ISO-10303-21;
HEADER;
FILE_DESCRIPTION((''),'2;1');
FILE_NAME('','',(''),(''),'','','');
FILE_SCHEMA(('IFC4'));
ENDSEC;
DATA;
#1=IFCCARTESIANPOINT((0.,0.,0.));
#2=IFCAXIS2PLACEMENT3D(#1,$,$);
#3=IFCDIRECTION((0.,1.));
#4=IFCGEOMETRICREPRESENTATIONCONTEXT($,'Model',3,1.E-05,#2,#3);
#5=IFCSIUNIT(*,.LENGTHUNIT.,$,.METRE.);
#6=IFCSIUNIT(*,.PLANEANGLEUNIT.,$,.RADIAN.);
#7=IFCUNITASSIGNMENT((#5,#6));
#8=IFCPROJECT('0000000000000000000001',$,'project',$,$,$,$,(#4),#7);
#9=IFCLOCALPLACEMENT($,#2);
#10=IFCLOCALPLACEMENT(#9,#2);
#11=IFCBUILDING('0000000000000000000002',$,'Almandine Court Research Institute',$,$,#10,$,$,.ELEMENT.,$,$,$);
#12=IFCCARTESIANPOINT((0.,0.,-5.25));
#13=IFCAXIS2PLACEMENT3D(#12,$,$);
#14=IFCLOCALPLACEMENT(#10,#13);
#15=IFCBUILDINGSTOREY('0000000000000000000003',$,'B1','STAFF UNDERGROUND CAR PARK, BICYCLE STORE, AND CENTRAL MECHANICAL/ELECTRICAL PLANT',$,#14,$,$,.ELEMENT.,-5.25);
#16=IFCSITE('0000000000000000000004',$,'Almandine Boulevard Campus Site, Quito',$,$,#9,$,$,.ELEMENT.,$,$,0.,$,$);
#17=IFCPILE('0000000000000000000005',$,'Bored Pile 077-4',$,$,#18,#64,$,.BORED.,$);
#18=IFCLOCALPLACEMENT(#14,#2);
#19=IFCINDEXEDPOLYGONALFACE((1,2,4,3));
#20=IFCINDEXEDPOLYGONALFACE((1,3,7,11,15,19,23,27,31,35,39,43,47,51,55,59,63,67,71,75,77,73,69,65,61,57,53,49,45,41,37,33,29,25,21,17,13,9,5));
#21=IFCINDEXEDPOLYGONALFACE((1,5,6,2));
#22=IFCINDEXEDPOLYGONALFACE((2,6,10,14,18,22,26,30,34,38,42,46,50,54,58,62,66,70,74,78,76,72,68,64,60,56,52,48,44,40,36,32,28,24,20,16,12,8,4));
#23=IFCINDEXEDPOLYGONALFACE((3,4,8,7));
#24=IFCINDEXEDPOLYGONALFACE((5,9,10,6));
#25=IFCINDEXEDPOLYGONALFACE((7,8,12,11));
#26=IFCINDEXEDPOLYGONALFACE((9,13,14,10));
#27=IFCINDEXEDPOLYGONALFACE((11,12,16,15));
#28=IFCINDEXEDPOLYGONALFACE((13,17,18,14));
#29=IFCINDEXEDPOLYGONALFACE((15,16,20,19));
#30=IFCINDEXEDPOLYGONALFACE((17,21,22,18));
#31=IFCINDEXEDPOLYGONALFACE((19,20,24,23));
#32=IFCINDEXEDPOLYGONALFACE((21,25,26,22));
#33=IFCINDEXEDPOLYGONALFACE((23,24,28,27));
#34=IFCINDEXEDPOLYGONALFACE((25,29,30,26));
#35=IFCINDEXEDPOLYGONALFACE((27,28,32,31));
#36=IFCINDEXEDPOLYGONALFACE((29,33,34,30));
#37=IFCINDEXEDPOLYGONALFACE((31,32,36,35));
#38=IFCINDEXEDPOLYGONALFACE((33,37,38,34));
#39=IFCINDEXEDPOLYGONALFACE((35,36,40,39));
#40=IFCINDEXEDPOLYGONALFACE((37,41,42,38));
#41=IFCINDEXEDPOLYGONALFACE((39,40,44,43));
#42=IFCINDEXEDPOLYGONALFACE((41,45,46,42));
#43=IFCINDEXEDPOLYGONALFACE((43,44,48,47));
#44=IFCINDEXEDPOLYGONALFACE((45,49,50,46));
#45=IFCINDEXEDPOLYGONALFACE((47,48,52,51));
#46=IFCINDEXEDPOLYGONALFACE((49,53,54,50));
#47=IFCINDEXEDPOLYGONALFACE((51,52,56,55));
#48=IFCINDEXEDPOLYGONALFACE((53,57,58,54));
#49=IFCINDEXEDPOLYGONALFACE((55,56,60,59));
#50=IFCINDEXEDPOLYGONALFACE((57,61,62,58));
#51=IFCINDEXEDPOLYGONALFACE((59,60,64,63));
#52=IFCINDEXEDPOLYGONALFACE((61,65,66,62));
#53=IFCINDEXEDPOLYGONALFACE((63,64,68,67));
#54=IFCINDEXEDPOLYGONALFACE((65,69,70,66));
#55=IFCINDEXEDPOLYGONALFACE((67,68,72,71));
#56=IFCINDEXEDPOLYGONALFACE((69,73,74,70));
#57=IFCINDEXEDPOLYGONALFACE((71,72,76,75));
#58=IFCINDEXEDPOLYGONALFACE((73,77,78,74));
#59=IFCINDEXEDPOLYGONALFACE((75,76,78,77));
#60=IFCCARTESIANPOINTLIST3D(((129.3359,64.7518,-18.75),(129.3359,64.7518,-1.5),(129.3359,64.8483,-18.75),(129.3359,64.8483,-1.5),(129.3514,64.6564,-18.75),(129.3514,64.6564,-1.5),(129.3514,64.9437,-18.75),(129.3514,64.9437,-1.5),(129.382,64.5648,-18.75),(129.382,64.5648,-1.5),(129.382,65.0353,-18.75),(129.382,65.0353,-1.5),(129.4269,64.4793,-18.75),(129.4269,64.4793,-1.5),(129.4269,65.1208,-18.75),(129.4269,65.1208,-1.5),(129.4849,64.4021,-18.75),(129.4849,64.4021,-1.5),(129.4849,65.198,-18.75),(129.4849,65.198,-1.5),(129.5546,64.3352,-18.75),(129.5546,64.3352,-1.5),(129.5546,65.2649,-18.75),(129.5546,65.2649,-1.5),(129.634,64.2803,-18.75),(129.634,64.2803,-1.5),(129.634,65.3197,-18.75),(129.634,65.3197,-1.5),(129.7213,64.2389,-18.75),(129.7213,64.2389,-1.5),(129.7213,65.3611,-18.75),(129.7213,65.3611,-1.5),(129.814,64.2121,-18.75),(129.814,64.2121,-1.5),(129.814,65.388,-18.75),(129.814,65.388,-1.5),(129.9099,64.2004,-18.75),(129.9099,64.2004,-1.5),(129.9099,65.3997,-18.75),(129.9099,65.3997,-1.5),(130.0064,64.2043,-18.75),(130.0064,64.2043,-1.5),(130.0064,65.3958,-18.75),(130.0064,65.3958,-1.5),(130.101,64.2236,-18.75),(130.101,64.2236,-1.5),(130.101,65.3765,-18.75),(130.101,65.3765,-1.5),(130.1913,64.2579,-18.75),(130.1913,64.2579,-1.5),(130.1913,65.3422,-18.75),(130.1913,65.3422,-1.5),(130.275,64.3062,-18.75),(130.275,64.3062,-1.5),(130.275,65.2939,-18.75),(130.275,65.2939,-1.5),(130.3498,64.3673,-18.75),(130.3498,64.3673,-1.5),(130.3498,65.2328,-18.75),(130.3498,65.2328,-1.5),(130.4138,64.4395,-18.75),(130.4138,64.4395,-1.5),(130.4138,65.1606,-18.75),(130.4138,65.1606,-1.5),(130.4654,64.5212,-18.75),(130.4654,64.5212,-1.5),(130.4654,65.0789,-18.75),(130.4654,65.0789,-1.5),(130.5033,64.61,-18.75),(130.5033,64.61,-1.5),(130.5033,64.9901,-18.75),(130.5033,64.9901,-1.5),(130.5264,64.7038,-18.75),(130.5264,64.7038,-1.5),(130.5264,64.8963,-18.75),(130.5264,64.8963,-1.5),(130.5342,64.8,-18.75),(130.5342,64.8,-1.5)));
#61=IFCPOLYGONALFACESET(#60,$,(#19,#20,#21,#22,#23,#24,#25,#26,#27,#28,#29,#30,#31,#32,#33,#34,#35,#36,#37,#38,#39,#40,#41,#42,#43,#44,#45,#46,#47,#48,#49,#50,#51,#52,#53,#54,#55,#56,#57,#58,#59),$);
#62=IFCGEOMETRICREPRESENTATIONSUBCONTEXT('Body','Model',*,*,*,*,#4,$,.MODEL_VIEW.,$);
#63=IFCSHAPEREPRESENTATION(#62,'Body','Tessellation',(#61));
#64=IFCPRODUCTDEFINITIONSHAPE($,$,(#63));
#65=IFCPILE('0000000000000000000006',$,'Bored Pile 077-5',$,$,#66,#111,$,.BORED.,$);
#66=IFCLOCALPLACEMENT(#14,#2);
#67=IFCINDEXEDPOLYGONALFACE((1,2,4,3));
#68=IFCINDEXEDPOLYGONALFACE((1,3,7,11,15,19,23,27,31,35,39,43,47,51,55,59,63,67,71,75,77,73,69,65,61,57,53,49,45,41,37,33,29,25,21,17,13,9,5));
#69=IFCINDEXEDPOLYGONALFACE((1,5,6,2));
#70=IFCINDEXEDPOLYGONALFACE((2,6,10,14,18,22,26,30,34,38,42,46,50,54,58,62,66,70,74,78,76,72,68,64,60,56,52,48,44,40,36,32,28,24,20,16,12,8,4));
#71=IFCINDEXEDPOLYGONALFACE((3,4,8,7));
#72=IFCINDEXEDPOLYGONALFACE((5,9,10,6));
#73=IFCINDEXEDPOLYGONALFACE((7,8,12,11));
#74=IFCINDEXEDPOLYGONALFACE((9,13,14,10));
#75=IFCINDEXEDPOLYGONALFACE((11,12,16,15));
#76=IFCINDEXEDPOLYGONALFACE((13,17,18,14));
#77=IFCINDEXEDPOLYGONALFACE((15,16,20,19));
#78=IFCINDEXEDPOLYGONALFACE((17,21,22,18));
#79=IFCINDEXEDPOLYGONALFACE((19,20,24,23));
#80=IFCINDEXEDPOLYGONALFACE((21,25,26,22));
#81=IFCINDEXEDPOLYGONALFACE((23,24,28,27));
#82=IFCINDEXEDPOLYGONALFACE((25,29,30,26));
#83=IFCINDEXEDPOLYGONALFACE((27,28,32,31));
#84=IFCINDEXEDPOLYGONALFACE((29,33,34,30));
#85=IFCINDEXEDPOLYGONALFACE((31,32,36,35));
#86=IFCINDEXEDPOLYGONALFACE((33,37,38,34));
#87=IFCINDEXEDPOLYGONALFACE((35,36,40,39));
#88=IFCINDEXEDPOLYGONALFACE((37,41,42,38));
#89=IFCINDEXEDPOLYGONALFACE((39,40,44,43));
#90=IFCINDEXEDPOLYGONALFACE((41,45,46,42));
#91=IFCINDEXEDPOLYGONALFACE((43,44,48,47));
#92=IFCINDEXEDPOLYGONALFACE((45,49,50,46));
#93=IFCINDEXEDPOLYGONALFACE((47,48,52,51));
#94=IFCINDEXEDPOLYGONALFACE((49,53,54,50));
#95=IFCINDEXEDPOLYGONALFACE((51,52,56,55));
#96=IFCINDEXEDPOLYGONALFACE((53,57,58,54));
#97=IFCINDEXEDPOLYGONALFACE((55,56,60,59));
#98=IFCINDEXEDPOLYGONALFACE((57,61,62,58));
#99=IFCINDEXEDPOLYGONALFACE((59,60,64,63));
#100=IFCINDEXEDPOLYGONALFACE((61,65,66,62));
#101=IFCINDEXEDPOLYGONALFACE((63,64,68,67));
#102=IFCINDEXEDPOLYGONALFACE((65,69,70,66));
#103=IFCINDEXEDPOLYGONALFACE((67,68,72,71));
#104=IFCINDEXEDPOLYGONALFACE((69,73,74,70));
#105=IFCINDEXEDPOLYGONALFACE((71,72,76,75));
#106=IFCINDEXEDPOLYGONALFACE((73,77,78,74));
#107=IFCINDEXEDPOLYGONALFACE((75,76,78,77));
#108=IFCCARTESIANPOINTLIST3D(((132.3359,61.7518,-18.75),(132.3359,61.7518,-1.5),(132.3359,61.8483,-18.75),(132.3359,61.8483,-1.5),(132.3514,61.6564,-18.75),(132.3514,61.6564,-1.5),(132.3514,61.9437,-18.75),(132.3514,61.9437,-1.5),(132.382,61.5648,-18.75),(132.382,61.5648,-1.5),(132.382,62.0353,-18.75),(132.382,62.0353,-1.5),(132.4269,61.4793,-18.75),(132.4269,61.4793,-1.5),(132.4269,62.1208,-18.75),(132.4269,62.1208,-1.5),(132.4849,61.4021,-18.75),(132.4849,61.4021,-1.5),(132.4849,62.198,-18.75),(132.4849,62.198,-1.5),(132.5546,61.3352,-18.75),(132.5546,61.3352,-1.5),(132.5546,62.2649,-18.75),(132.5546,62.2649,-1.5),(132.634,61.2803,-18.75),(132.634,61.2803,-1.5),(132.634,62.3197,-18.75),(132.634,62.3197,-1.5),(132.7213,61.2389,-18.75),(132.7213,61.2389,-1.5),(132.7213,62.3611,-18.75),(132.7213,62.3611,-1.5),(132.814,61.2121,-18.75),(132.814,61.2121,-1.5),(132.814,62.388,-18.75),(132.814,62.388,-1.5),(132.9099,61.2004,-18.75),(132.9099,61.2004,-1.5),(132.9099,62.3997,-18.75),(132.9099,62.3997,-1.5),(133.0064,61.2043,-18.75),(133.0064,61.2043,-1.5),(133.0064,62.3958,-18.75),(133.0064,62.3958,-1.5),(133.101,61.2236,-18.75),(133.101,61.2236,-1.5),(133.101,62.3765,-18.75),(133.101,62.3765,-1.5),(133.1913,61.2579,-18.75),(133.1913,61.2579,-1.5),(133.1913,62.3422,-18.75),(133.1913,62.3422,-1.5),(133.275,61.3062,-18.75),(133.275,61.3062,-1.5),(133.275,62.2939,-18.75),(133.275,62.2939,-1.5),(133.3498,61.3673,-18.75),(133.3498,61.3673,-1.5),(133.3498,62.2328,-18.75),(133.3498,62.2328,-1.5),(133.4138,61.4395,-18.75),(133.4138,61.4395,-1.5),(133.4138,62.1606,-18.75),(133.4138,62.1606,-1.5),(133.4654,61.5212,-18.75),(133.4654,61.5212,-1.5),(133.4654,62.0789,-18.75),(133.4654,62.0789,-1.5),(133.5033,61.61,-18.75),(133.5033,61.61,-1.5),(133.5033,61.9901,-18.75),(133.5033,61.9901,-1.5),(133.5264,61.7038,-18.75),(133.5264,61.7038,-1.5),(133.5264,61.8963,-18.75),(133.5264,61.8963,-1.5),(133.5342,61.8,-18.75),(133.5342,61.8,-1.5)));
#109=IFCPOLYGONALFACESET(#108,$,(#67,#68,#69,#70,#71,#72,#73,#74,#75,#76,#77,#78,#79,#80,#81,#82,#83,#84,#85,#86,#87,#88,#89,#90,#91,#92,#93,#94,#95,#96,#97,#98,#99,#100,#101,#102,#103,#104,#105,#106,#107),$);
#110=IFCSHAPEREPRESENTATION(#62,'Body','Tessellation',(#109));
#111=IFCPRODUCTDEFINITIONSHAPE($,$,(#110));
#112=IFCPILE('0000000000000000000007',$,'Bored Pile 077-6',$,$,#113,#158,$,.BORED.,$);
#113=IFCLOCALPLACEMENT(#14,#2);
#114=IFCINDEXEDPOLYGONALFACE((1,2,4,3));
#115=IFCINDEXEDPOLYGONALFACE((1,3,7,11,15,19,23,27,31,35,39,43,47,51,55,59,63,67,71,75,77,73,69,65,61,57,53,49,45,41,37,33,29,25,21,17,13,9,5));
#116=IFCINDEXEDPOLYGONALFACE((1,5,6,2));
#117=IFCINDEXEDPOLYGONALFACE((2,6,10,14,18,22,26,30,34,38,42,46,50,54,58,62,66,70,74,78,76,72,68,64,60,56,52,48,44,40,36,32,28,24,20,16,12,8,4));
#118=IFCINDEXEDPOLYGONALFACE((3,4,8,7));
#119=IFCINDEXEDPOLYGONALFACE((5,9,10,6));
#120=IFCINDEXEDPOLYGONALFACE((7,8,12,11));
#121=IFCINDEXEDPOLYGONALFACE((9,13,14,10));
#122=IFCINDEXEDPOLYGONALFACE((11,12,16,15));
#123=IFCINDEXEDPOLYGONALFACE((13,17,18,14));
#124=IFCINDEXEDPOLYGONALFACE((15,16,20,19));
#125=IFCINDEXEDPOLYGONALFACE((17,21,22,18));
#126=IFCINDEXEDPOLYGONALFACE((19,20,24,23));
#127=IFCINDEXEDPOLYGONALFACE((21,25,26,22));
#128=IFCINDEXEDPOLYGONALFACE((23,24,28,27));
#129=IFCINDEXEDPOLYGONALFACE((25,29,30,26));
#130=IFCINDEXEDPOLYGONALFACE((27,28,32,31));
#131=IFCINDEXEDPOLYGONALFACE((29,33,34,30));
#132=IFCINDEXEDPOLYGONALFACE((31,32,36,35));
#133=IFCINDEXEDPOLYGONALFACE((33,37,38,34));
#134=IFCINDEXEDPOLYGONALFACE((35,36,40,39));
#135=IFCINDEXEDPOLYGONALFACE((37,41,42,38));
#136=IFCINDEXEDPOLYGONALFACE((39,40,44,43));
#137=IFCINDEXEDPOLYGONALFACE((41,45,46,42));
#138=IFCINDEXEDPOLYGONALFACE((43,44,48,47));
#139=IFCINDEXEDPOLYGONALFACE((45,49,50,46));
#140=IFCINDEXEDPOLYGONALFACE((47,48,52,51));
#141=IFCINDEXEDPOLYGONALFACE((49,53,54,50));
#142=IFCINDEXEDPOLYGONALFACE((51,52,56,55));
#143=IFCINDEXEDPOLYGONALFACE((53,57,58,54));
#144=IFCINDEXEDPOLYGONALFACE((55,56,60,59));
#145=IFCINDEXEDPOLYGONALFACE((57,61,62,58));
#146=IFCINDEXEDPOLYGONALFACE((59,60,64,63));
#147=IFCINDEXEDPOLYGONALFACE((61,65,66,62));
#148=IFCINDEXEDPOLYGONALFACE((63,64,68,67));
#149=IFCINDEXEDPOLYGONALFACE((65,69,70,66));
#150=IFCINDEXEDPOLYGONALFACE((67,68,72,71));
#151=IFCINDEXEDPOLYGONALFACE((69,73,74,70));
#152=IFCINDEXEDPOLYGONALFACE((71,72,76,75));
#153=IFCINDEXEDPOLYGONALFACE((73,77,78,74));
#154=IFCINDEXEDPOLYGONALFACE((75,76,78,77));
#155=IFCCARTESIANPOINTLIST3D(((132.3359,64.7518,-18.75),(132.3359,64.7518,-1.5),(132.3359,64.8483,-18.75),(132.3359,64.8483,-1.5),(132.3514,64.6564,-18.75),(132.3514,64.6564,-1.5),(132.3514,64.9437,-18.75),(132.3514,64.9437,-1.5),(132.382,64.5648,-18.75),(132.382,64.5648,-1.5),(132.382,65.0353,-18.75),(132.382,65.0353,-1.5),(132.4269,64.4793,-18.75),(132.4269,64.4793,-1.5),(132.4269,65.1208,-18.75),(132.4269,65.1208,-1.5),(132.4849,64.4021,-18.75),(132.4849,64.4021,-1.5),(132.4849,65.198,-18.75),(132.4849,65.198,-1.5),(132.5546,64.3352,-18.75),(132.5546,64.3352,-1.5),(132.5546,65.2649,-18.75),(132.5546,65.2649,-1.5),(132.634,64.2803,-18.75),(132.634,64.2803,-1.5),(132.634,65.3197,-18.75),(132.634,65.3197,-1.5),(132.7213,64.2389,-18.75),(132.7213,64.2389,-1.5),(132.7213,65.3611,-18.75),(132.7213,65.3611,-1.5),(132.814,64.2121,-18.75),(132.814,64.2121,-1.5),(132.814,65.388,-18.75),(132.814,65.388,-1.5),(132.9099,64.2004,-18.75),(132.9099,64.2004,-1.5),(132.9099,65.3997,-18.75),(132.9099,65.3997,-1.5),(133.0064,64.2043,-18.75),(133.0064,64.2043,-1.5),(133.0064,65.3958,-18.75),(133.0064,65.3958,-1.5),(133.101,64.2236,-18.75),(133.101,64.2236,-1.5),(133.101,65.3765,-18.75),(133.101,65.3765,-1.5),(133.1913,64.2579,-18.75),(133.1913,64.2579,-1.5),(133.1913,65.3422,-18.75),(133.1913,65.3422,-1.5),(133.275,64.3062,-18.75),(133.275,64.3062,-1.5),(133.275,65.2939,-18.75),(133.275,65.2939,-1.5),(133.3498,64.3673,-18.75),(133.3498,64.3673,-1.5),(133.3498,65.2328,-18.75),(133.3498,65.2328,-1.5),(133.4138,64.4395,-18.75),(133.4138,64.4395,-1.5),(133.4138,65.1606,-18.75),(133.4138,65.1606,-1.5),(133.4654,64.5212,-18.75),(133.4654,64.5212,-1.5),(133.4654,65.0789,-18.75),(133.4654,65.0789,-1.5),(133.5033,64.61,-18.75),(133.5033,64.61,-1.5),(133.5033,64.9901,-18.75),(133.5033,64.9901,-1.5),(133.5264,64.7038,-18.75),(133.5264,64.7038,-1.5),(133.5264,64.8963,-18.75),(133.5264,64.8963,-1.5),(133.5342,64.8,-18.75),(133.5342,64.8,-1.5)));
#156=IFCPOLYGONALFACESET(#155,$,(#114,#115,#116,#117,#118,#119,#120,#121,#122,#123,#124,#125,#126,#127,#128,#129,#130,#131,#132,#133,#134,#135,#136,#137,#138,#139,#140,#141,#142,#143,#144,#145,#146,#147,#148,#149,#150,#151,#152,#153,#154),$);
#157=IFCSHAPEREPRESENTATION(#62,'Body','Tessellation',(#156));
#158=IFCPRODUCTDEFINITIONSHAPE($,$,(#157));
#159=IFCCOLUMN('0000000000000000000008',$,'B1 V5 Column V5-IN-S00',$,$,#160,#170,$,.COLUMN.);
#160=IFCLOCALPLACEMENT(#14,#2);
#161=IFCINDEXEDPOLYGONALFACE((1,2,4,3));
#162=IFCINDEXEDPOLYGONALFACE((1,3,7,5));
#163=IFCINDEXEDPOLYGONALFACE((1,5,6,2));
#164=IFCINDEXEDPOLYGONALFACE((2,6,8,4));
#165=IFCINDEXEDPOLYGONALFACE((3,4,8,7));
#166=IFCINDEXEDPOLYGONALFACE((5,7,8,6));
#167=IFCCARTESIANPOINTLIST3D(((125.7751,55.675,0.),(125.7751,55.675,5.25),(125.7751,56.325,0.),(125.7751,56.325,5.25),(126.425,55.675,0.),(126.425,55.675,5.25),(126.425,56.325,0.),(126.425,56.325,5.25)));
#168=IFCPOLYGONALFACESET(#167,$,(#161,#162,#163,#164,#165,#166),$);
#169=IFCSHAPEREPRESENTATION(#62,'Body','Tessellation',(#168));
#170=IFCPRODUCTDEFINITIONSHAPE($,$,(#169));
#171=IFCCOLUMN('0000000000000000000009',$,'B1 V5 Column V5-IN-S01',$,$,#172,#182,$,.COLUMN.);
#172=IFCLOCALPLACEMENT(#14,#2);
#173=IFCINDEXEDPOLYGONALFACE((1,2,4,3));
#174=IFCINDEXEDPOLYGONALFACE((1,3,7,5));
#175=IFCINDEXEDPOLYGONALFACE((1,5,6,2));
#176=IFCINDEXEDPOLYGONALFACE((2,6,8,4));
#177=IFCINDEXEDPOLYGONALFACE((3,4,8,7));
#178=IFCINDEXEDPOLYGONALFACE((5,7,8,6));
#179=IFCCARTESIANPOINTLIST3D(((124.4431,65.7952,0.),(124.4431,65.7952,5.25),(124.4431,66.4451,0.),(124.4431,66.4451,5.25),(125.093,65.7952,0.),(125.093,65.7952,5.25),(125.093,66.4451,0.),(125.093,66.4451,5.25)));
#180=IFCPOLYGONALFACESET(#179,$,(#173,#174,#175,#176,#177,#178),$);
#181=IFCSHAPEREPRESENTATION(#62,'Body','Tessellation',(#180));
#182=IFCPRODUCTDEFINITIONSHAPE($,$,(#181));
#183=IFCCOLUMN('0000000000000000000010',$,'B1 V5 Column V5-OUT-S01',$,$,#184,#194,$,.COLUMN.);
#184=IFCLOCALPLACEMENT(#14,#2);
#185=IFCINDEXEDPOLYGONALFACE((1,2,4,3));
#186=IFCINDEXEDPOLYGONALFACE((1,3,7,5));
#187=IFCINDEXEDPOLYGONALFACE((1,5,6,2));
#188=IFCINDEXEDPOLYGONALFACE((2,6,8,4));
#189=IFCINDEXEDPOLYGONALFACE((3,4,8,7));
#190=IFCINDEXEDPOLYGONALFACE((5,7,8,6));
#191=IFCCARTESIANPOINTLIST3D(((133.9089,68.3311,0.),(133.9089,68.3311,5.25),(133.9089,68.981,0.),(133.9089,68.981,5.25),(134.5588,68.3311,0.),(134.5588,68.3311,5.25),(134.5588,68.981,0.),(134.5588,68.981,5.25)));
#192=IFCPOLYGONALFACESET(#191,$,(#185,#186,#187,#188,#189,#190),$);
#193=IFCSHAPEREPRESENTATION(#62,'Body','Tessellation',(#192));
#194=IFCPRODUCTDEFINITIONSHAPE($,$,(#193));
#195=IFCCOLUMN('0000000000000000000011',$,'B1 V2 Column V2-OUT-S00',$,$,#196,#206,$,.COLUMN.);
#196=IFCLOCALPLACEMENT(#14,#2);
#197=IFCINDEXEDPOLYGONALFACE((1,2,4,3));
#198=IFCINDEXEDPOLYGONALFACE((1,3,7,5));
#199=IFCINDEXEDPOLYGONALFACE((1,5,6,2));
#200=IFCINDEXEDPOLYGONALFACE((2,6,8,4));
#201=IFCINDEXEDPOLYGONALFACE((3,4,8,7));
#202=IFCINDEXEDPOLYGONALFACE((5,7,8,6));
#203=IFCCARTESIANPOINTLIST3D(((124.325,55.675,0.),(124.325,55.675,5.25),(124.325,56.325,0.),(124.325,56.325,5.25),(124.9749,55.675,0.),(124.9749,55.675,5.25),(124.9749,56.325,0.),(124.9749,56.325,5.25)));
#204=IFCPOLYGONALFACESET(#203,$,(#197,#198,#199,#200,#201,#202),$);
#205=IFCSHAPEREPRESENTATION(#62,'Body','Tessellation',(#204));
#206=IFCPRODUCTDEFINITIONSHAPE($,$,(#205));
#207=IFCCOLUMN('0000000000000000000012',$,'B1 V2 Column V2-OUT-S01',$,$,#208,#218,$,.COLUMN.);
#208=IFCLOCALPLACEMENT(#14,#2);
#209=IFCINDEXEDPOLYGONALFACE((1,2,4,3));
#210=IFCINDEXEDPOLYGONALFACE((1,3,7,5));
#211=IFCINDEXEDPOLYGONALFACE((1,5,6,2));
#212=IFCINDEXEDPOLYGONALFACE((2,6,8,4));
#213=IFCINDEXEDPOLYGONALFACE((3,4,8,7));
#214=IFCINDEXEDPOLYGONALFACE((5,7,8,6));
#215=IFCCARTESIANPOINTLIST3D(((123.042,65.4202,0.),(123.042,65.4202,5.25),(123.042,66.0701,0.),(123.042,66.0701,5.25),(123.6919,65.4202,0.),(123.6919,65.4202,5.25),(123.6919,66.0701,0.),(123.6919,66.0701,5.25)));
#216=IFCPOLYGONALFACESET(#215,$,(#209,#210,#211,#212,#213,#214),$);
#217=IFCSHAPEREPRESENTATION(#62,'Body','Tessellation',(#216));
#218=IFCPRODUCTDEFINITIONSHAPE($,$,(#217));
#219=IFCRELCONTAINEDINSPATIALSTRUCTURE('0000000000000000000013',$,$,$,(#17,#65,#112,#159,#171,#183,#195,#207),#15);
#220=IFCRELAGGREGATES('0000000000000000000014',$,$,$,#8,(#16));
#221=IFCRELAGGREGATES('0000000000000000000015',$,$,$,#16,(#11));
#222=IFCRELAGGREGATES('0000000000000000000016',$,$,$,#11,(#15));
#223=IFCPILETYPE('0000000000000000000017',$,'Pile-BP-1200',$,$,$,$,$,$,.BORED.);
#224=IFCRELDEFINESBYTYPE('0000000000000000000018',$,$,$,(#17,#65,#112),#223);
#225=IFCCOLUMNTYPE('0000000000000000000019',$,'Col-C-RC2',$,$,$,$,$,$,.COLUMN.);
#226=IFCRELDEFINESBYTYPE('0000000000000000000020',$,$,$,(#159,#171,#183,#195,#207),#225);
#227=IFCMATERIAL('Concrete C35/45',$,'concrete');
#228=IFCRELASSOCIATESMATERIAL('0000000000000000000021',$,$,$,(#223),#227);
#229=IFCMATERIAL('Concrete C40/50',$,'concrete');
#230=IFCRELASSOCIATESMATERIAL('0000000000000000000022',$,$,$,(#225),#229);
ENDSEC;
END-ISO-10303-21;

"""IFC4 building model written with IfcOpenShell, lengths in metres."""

from ifc_helpers import new_model, si_unit, direction, frame, origin, origin_2d, place, context, subcontext, project, spatial, rectangle, circle, extrude, material, material_profile, profile_set, type_object, element, save


model = new_model("IFC4")

# Units and contexts
model_context = context("Model", 3, precision=1e-05, world=origin(), true_north=direction((0.0, 1.0)))
body_context = subcontext(model_context, "Body", "Model", "MODEL_VIEW")
ifc_project = project(units=[si_unit("LENGTHUNIT", "METRE"), si_unit("PLANEANGLEUNIT", "RADIAN")], contexts=[model_context])

# Site, building, storey
site_placement = place(None, origin())
site = spatial("IfcSite", under=ifc_project, at=site_placement, Name="Almandine Boulevard Campus Site, Quito", CompositionType="ELEMENT", RefElevation=0.0)
building_placement = place(site_placement, origin())
building = spatial("IfcBuilding", under=site, at=building_placement, Name="Almandine Court Research Institute", CompositionType="ELEMENT")
storey_placement = place(building_placement, frame((0.0, 0.0, -5.25)))
storey = spatial("IfcBuildingStorey", under=building, at=storey_placement, Name="B1", Description="STAFF UNDERGROUND CAR PARK, BICYCLE STORE, AND CENTRAL MECHANICAL/ELECTRICAL PLANT", CompositionType="ELEMENT", Elevation=-5.25)

# Shared definitions
ifc_material_1 = material(Name="Concrete C35/45", Category="concrete")

# Piles
ifc_material_profile_1 = material_profile(ifc_material_1, circle(Radius=0.6001, at=origin_2d()), Name="BORED PILE D1200")
ifc_profile_set_1 = profile_set([ifc_material_profile_1], Name="Concrete C35/45")
pile_type = type_object("IfcPileType", Name="Pile-BP-1200", PredefinedType="BORED", material=ifc_profile_set_1)
for number, where, z_axis, x_axis, name in (
    (1, (129.9341, 64.8, -1.5), (0.0, 0.0, -1.0), (1.0, 0.0, 0.0), "Bored Pile 077-4"),
    (2, (132.9341, 61.8, -1.5), (0.0, 0.0, -1.0), (1.0, 0.0, 0.0), "Bored Pile 077-5"),
    (3, (132.9341, 64.8, -1.5), (0.0, 0.0, -1.0), (1.0, 0.0, 0.0), "Bored Pile 077-6"),
):
    element("IfcPile", number, at=place(storey_placement, frame(where, z_axis=z_axis, x_axis=x_axis)), inside=storey, type_object=pile_type, Name=name, PredefinedType="BORED", context=body_context, shape_type="SweptSolid", body=[
        extrude(circle(Radius=0.6001, at=origin_2d()), origin(), (0.0, 0.0, 1.0), 17.25),
    ])

# Columns
ifc_material_2 = material(Name="Concrete C40/50", Category="concrete")
ifc_material_profile_2 = material_profile(ifc_material_2, rectangle(XDim=0.6499, YDim=0.6499, at=origin_2d()), Name="RC 650x650")
ifc_profile_set_2 = profile_set([ifc_material_profile_2], Name="Concrete C40/50")
column_type_1 = type_object("IfcColumnType", Name="Col-C-RC2", PredefinedType="COLUMN", material=ifc_profile_set_2)
for number, where, z_axis, x_axis, name in (
    (4, (126.1001, 56.0, 0.0), (0.0, 0.0, 1.0), (1.0, 0.0, 0.0), "B1 V5 Column V5-IN-S00"),
    (5, (124.7681, 66.1201, 0.0), (0.0, 0.0, 1.0), (1.0, 0.0, 0.0), "B1 V5 Column V5-IN-S01"),
    (6, (134.2339, 68.656, 0.0), (0.0, 0.0, 1.0), (1.0, 0.0, 0.0), "B1 V5 Column V5-OUT-S01"),
    (7, (124.6499, 56.0, 0.0), (0.0, 0.0, 1.0), (1.0, 0.0, 0.0), "B1 V2 Column V2-OUT-S00"),
    (8, (123.3669, 65.7451, 0.0), (0.0, 0.0, 1.0), (1.0, 0.0, 0.0), "B1 V2 Column V2-OUT-S01"),
):
    element("IfcColumn", number, at=place(storey_placement, frame(where, z_axis=z_axis, x_axis=x_axis)), inside=storey, type_object=column_type_1, Name=name, PredefinedType="COLUMN", context=body_context, shape_type="SweptSolid", body=[
        extrude(rectangle(XDim=0.6499, YDim=0.6499, at=origin_2d()), origin(), (0.0, 0.0, 1.0), 5.25),
    ])

save(model, "model.ifc")
